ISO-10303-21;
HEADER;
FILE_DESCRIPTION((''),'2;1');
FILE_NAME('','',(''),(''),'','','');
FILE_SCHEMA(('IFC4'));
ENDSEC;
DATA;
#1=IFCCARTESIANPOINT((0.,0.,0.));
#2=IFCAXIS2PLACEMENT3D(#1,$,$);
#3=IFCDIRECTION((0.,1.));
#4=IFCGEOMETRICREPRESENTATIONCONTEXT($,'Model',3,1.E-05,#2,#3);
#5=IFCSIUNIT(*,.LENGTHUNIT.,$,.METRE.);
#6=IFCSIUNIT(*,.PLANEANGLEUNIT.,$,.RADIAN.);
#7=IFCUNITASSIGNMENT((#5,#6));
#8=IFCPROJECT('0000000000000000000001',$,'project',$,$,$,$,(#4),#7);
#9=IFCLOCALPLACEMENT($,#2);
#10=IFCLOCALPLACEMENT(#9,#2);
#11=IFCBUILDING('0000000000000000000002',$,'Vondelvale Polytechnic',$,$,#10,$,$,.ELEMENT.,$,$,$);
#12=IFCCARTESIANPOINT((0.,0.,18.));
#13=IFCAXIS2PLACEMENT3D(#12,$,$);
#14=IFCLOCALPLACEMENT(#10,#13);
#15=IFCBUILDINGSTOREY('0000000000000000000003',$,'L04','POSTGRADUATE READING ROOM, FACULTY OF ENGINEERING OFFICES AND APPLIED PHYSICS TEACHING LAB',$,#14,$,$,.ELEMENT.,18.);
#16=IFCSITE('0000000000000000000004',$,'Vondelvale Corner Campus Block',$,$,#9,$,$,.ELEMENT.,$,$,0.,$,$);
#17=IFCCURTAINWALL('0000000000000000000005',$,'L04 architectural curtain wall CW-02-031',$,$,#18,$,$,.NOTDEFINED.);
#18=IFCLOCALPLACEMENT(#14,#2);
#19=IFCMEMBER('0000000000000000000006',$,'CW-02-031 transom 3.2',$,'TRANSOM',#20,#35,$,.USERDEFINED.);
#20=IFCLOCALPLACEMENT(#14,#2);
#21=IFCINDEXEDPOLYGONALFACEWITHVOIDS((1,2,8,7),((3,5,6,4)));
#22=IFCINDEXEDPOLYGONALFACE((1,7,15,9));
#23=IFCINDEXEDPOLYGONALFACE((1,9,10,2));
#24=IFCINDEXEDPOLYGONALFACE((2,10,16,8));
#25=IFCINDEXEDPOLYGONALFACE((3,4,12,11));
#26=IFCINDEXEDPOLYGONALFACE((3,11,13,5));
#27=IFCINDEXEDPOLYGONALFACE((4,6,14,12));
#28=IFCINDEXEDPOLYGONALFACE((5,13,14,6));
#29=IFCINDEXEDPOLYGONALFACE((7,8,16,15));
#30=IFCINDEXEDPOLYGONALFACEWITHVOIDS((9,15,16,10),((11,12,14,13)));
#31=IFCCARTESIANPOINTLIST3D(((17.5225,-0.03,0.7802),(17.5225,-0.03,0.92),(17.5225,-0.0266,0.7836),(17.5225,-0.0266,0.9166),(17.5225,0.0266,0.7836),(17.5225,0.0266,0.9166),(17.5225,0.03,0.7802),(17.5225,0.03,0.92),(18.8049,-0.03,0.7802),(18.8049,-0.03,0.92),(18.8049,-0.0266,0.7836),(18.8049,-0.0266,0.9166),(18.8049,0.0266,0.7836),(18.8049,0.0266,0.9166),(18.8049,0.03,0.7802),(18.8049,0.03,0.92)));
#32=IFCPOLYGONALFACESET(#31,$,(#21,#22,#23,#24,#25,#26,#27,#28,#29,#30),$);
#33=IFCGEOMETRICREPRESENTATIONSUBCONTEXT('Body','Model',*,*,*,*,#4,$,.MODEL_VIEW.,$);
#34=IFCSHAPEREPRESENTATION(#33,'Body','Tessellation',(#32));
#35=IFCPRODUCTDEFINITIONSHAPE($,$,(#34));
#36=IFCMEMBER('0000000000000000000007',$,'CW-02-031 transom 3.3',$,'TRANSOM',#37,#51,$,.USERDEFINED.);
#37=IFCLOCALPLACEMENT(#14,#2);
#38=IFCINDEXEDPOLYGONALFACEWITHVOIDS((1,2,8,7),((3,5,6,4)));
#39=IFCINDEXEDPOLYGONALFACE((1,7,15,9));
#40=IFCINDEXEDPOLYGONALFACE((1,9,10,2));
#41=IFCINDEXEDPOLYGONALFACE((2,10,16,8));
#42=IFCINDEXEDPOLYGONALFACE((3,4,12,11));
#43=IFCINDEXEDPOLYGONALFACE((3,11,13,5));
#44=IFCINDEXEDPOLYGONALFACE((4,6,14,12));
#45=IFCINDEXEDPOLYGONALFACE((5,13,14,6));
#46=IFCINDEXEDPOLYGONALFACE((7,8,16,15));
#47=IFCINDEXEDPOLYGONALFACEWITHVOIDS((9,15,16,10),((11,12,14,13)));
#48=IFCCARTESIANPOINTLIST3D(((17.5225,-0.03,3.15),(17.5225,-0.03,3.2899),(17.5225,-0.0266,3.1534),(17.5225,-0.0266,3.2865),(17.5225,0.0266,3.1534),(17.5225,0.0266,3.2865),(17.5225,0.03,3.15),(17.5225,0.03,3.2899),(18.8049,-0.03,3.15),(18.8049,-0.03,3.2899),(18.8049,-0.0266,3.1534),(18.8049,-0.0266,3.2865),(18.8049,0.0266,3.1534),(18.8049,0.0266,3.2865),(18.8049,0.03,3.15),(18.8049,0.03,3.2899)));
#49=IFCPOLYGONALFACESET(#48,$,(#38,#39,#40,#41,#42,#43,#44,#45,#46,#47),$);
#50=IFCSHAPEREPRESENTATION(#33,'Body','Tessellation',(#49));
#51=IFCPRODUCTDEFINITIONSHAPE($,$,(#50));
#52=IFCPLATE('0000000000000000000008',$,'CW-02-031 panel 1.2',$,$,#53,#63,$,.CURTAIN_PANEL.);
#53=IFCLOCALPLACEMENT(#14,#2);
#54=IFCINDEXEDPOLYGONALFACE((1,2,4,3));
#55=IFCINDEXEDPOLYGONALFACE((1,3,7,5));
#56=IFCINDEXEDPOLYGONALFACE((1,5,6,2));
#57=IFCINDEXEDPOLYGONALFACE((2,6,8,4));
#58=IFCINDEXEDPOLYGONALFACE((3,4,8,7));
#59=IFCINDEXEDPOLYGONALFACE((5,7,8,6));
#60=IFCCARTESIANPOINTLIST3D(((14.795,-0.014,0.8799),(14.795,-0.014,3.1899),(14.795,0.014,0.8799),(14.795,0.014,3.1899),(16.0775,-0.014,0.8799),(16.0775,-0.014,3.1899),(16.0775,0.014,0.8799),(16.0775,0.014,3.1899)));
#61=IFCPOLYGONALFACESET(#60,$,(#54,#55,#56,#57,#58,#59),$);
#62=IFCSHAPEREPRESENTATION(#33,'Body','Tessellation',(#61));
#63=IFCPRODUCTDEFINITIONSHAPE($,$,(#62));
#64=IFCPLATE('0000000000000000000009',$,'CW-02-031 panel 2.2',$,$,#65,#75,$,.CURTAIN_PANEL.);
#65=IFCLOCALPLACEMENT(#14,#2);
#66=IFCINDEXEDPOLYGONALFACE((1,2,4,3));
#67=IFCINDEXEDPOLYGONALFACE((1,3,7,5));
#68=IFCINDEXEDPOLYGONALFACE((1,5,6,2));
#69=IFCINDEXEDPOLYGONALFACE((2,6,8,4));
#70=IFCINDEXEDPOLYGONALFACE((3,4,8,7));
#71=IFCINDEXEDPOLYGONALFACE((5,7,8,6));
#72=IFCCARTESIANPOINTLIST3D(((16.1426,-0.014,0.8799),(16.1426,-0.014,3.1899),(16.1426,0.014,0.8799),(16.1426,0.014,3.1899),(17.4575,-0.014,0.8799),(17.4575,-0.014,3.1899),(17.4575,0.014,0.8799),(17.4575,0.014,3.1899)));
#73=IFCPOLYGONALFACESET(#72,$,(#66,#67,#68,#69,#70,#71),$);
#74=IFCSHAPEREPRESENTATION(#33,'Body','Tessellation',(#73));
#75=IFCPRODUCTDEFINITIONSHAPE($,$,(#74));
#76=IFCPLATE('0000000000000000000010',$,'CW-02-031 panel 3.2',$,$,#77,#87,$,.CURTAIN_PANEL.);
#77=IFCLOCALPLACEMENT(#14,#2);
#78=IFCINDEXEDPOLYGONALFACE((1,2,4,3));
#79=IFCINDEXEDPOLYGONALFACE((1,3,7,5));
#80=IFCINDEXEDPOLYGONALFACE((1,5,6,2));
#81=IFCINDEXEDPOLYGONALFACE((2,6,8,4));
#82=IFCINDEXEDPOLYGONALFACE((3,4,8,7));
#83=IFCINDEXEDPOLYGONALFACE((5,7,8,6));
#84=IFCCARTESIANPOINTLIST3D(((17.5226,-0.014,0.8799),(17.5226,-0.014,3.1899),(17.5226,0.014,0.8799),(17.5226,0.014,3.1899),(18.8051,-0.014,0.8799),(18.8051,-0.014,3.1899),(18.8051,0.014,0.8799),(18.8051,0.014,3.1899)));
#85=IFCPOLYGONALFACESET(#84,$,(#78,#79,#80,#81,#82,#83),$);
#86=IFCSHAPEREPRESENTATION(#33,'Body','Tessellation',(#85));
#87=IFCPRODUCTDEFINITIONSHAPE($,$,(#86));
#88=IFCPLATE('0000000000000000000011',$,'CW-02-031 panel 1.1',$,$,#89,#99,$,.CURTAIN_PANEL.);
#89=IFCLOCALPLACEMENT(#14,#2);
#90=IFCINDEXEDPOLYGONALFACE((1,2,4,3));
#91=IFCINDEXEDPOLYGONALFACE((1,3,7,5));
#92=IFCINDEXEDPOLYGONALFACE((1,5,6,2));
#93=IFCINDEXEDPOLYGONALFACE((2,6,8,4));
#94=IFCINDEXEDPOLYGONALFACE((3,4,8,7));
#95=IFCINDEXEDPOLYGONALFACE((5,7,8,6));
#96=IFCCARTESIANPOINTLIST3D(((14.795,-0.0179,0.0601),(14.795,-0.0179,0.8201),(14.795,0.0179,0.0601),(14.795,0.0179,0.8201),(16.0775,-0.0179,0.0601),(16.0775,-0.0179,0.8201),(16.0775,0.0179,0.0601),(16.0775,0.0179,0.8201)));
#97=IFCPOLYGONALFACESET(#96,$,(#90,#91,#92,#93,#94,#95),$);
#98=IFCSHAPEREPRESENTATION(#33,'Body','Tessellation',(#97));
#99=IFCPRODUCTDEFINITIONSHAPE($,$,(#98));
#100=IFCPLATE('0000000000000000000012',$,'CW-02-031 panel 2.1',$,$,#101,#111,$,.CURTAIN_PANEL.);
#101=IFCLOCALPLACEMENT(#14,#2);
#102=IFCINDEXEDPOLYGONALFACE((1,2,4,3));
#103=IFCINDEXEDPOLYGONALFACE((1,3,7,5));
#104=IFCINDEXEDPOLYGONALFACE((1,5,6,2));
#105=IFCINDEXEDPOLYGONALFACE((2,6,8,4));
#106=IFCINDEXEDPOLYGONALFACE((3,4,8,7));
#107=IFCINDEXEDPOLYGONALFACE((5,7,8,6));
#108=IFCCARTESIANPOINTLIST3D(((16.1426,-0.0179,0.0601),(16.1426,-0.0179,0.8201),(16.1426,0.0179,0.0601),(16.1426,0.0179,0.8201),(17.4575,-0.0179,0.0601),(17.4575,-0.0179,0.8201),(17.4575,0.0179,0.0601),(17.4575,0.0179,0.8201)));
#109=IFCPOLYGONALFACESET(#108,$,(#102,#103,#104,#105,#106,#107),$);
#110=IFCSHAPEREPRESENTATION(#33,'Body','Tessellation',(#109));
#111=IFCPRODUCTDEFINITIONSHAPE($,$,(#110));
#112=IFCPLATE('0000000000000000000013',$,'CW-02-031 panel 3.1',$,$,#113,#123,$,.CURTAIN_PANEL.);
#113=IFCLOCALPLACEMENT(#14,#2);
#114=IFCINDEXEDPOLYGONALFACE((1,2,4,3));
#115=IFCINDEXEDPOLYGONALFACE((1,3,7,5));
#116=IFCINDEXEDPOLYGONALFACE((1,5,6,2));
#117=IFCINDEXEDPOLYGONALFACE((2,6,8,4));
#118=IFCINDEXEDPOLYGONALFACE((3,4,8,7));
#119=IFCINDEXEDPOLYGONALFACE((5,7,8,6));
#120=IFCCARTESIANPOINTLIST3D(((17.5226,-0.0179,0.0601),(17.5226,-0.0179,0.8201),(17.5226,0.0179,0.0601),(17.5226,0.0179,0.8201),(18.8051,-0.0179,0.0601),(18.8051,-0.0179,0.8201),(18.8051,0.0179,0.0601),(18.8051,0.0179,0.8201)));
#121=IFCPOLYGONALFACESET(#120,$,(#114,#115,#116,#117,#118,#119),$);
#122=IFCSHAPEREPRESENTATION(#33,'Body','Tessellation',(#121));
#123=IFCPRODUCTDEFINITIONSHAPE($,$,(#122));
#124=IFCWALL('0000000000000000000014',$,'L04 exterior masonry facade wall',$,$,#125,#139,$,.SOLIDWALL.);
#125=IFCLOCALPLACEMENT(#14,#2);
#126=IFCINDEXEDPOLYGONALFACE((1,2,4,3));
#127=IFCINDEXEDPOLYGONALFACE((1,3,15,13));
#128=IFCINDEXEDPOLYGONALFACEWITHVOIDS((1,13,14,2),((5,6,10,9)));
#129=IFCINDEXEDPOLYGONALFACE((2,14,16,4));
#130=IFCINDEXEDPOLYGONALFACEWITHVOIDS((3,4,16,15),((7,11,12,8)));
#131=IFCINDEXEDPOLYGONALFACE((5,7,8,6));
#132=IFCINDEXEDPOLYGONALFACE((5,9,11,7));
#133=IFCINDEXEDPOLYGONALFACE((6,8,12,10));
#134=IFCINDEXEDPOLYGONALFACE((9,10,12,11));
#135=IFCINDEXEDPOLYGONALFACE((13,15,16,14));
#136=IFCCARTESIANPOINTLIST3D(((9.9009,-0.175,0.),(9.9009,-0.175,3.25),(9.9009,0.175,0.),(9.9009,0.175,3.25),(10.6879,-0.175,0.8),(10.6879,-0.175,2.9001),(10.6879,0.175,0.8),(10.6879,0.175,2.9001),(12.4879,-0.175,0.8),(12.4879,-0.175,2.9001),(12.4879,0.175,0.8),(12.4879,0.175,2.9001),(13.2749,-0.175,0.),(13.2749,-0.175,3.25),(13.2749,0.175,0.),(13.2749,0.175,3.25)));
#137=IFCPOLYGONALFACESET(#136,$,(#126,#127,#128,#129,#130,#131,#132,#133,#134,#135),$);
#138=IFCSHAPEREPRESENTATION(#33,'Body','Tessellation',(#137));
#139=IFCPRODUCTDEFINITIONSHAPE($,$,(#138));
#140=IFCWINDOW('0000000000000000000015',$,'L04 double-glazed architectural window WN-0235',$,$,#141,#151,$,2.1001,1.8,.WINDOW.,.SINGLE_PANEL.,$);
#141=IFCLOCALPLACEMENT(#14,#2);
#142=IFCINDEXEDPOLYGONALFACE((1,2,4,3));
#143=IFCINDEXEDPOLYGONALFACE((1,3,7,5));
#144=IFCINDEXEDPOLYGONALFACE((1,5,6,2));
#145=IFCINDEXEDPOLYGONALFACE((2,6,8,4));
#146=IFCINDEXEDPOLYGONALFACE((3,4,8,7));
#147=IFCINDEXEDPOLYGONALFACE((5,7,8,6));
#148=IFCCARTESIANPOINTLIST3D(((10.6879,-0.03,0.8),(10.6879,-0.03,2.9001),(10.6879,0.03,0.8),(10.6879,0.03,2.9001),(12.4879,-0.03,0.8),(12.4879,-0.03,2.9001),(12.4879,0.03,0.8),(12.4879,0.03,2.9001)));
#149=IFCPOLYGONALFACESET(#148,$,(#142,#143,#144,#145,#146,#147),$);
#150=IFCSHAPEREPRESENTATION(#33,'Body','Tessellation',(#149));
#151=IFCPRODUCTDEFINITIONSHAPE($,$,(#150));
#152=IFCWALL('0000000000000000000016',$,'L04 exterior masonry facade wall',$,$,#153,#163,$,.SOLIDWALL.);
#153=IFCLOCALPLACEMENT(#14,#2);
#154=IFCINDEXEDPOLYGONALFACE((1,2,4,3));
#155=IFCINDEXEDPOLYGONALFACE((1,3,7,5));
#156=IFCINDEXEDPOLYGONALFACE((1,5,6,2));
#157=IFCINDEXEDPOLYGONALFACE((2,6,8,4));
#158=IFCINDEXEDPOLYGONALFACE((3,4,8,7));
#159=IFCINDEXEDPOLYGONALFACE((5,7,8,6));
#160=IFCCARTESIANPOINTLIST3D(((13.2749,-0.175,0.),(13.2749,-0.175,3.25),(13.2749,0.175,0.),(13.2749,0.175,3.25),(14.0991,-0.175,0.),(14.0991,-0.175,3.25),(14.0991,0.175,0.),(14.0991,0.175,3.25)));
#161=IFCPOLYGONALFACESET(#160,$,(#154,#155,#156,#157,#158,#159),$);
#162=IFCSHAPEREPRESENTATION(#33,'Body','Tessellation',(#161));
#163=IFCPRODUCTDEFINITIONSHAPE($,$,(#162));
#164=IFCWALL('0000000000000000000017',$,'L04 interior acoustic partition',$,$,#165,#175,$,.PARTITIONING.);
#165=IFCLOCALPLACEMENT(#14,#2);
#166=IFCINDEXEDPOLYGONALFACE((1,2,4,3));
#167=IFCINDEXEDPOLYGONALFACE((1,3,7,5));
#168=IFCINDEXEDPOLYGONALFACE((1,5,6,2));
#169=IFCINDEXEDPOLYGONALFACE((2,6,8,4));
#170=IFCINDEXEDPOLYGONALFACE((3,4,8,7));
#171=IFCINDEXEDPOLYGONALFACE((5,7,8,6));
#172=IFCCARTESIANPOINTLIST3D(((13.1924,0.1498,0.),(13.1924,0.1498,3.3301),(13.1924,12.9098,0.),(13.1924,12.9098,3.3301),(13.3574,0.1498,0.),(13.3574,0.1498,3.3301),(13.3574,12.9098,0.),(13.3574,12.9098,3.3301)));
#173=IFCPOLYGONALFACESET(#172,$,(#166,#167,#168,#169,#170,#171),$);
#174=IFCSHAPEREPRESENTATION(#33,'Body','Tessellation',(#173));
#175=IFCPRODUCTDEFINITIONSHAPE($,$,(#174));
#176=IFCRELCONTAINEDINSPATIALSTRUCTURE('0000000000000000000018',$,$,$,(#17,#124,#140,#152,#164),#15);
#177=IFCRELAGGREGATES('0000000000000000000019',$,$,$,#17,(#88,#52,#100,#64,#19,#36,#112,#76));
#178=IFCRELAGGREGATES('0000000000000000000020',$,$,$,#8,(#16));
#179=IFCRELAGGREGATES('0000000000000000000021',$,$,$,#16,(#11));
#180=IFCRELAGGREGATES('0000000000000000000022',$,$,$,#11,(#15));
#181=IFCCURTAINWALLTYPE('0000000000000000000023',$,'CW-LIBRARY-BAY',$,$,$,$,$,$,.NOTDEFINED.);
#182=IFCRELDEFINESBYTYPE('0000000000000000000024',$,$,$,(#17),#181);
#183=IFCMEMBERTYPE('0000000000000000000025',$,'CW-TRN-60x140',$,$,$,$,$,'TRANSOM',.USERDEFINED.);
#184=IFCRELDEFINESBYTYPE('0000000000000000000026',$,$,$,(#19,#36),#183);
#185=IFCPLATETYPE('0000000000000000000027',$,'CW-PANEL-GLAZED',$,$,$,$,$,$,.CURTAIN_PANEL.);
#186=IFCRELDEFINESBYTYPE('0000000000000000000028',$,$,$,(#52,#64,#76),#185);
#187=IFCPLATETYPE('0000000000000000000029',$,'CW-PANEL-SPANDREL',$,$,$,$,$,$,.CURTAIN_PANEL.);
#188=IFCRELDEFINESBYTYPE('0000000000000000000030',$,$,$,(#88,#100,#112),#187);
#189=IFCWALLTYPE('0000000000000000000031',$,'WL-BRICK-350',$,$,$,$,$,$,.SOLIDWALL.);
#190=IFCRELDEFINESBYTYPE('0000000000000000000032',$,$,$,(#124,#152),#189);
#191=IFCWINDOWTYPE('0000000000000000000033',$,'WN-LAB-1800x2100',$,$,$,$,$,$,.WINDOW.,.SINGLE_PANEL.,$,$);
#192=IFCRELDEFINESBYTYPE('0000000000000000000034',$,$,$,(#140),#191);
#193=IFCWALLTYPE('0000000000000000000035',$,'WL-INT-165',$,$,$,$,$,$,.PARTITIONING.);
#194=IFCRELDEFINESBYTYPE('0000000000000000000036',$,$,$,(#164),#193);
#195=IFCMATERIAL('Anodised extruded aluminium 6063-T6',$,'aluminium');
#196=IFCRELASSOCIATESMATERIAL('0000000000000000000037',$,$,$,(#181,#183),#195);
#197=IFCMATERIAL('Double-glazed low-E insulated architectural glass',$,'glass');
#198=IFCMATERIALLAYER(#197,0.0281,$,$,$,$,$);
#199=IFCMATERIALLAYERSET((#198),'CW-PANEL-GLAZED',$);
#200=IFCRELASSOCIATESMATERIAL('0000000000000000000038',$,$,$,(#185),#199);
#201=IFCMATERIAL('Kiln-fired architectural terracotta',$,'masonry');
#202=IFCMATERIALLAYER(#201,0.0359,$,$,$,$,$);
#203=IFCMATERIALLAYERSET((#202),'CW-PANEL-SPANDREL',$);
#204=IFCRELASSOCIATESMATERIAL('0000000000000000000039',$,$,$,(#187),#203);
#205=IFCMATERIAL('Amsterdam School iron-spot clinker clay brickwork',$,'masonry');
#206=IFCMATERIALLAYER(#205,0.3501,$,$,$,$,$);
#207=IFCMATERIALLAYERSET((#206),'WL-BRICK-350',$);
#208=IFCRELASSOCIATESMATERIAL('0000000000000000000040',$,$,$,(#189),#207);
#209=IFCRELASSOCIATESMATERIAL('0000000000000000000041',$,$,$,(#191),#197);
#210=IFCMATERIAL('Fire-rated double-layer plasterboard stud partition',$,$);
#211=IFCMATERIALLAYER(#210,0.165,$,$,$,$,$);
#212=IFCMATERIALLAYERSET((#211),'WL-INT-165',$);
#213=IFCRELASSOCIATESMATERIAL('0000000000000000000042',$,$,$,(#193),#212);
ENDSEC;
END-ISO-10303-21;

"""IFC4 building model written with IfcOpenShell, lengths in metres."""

from ifc_helpers import new_model, si_unit, direction, frame, frame_2d, origin, origin_2d, place, context, subcontext, project, spatial, rectangle, hollow_rectangle, extrude, material, layer, layer_set, material_profile, profile_set, type_object, element, fill, aggregate, save


model = new_model("IFC4")

# Units and contexts
model_context = context("Model", 3, precision=1e-05, world=origin(), true_north=direction((0.0, 1.0)))
body_context = subcontext(model_context, "Body", "Model", "MODEL_VIEW")
ifc_project = project(units=[si_unit("LENGTHUNIT", "METRE"), si_unit("PLANEANGLEUNIT", "RADIAN")], contexts=[model_context])

# Site, building, storey
site_placement = place(None, origin())
site = spatial("IfcSite", under=ifc_project, at=site_placement, Name="Vondelvale Corner Campus Block", CompositionType="ELEMENT", RefElevation=0.0)
building_placement = place(site_placement, origin())
building = spatial("IfcBuilding", under=site, at=building_placement, Name="Vondelvale Polytechnic", CompositionType="ELEMENT")
storey_placement = place(building_placement, frame((0.0, 0.0, 18.0)))
storey = spatial("IfcBuildingStorey", under=building, at=storey_placement, Name="L04", Description="POSTGRADUATE READING ROOM, FACULTY OF ENGINEERING OFFICES AND APPLIED PHYSICS TEACHING LAB", CompositionType="ELEMENT", Elevation=18.0)

# Curtain wall, members, plates
ifc_material_1 = material(Name="Anodised extruded aluminium 6063-T6", Category="aluminium")
curtain_wall_type = type_object("IfcCurtainWallType", Name="CW-LIBRARY-BAY", PredefinedType="NOTDEFINED", material=ifc_material_1)
curtain_wall_placement = place(storey_placement, origin())
curtain_wall = element("IfcCurtainWall", 1, at=curtain_wall_placement, inside=storey, type_object=curtain_wall_type, Name="L04 architectural curtain wall CW-02-031", PredefinedType="NOTDEFINED")
ifc_material_profile_1 = material_profile(ifc_material_1, hollow_rectangle(XDim=0.0601, YDim=0.1399, WallThickness=0.0034, at=origin_2d()), Name="CW-TRN-140x60")
ifc_profile_set_1 = profile_set([ifc_material_profile_1], Name="Anodised extruded aluminium 6063-T6")
member_type_1 = type_object("IfcMemberType", Name="CW-TRN-60x140", ElementType="TRANSOM", PredefinedType="USERDEFINED", material=ifc_profile_set_1)
member_1_placement = place(storey_placement, frame((17.5225, 0.0, 0.8501), z_axis=(1.0, 0.0, 0.0), x_axis=(0.0, 1.0, 0.0)))
member_1 = element("IfcMember", 2, at=member_1_placement, type_object=member_type_1, Name="CW-02-031 transom 3.2", ObjectType="TRANSOM", PredefinedType="USERDEFINED", context=body_context, shape_type="SweptSolid", body=[
    extrude(hollow_rectangle(XDim=0.0601, YDim=0.1399, WallThickness=0.0034, at=origin_2d()), origin(), (0.0, 0.0, 1.0), 1.2825),
])
member_2_placement = place(storey_placement, frame((17.5225, 0.0, 3.22), z_axis=(1.0, 0.0, 0.0), x_axis=(0.0, 1.0, 0.0)))
member_2 = element("IfcMember", 3, at=member_2_placement, type_object=member_type_1, Name="CW-02-031 transom 3.3", ObjectType="TRANSOM", PredefinedType="USERDEFINED", context=body_context, shape_type="SweptSolid", body=[
    extrude(hollow_rectangle(XDim=0.0601, YDim=0.1399, WallThickness=0.0034, at=origin_2d()), origin(), (0.0, 0.0, 1.0), 1.2825),
])
ifc_material_2 = material(Name="Double-glazed low-E insulated architectural glass", Category="glass")
ifc_layer_1 = layer(ifc_material_2, 0.0281)
ifc_layer_set_1 = layer_set([ifc_layer_1], Name="CW-PANEL-GLAZED")
plate_type_1 = type_object("IfcPlateType", Name="CW-PANEL-GLAZED", PredefinedType="CURTAIN_PANEL", material=ifc_layer_set_1)
plate_1_placement = place(storey_placement, frame((15.4363, 0.0, 0.8799), z_axis=(0.0, 0.0, 1.0), x_axis=(1.0, 0.0, 0.0)))
plate_1 = element("IfcPlate", 4, at=plate_1_placement, type_object=plate_type_1, Name="CW-02-031 panel 1.2", PredefinedType="CURTAIN_PANEL", context=body_context, shape_type="SweptSolid", body=[
    extrude(rectangle(XDim=1.2825, YDim=0.0281, at=origin_2d()), origin(), (0.0, 0.0, 1.0), 2.3101),
])
plate_2_placement = place(storey_placement, frame((16.8, 0.0, 0.8799), z_axis=(0.0, 0.0, 1.0), x_axis=(1.0, 0.0, 0.0)))
plate_2 = element("IfcPlate", 5, at=plate_2_placement, type_object=plate_type_1, Name="CW-02-031 panel 2.2", PredefinedType="CURTAIN_PANEL", context=body_context, shape_type="SweptSolid", body=[
    extrude(rectangle(XDim=1.3149, YDim=0.0281, at=origin_2d()), origin(), (0.0, 0.0, 1.0), 2.3101),
])
plate_3_placement = place(storey_placement, frame((18.1638, 0.0, 0.8799), z_axis=(0.0, 0.0, 1.0), x_axis=(1.0, 0.0, 0.0)))
plate_3 = element("IfcPlate", 6, at=plate_3_placement, type_object=plate_type_1, Name="CW-02-031 panel 3.2", PredefinedType="CURTAIN_PANEL", context=body_context, shape_type="SweptSolid", body=[
    extrude(rectangle(XDim=1.2825, YDim=0.0281, at=origin_2d()), origin(), (0.0, 0.0, 1.0), 2.3101),
])
ifc_material_3 = material(Name="Kiln-fired architectural terracotta", Category="masonry")
ifc_layer_2 = layer(ifc_material_3, 0.0359)
ifc_layer_set_2 = layer_set([ifc_layer_2], Name="CW-PANEL-SPANDREL")
plate_type_2 = type_object("IfcPlateType", Name="CW-PANEL-SPANDREL", PredefinedType="CURTAIN_PANEL", material=ifc_layer_set_2)
plate_4_placement = place(storey_placement, frame((15.4363, 0.0, 0.0601), z_axis=(0.0, 0.0, 1.0), x_axis=(1.0, 0.0, 0.0)))
plate_4 = element("IfcPlate", 7, at=plate_4_placement, type_object=plate_type_2, Name="CW-02-031 panel 1.1", PredefinedType="CURTAIN_PANEL", context=body_context, shape_type="SweptSolid", body=[
    extrude(rectangle(XDim=1.2825, YDim=0.0359, at=origin_2d()), origin(), (0.0, 0.0, 1.0), 0.76),
])
plate_5_placement = place(storey_placement, frame((16.8, 0.0, 0.0601), z_axis=(0.0, 0.0, 1.0), x_axis=(1.0, 0.0, 0.0)))
plate_5 = element("IfcPlate", 8, at=plate_5_placement, type_object=plate_type_2, Name="CW-02-031 panel 2.1", PredefinedType="CURTAIN_PANEL", context=body_context, shape_type="SweptSolid", body=[
    extrude(rectangle(XDim=1.3149, YDim=0.0359, at=origin_2d()), origin(), (0.0, 0.0, 1.0), 0.76),
])
plate_6_placement = place(storey_placement, frame((18.1638, 0.0, 0.0601), z_axis=(0.0, 0.0, 1.0), x_axis=(1.0, 0.0, 0.0)))
plate_6 = element("IfcPlate", 9, at=plate_6_placement, type_object=plate_type_2, Name="CW-02-031 panel 3.1", PredefinedType="CURTAIN_PANEL", context=body_context, shape_type="SweptSolid", body=[
    extrude(rectangle(XDim=1.2825, YDim=0.0359, at=origin_2d()), origin(), (0.0, 0.0, 1.0), 0.76),
])
aggregate(curtain_wall, [plate_4, plate_1, plate_5, plate_2, member_1, member_2, plate_6, plate_3])

# Wall, opening, window
ifc_material_4 = material(Name="Amsterdam School iron-spot clinker clay brickwork", Category="masonry")
ifc_layer_3 = layer(ifc_material_4, 0.3501)
ifc_layer_set_3 = layer_set([ifc_layer_3], Name="WL-BRICK-350")
wall_type_1 = type_object("IfcWallType", Name="WL-BRICK-350", PredefinedType="SOLIDWALL", material=ifc_layer_set_3)
wall_1_placement = place(storey_placement, frame((13.2749, 0.0, 0.0), z_axis=(0.0, 0.0, 1.0), x_axis=(-1.0, 0.0, 0.0)))
wall_1 = element("IfcWall", 10, at=wall_1_placement, inside=storey, type_object=wall_type_1, Name="L04 exterior masonry facade wall", PredefinedType="SOLIDWALL", context=body_context, shape_type="SweptSolid", body=[
    extrude(rectangle(XDim=3.374, YDim=0.3501, at=frame_2d((1.687, 0.0))), origin(), (0.0, 0.0, 1.0), 3.25),
])
opening_placement = place(wall_1_placement, frame((0.7871, 0.0, 0.8)))
opening = element("IfcOpeningElement", 11, at=opening_placement, cuts=wall_1, PredefinedType="OPENING", context=body_context, shape_type="SweptSolid", body=[
    extrude(rectangle(XDim=1.8, YDim=2.1001, at=frame_2d((0.8999, 1.05))), frame((0.0, 0.1851, 0.0), z_axis=(0.0, -1.0, 0.0), x_axis=(1.0, 0.0, 0.0)), (0.0, 0.0, 1.0), 0.3701),
])
window_type = type_object("IfcWindowType", Name="WN-LAB-1800x2100", PartitioningType="SINGLE_PANEL", PredefinedType="WINDOW", material=ifc_material_2)
window_placement = place(opening_placement, origin())
window = element("IfcWindow", 12, at=window_placement, inside=storey, type_object=window_type, Name="L04 double-glazed architectural window WN-0235", OverallHeight=2.1001, OverallWidth=1.8, PartitioningType="SINGLE_PANEL", PredefinedType="WINDOW", context=body_context, shape_type="SweptSolid", body=[
    extrude(rectangle(XDim=1.8, YDim=2.1001, at=frame_2d((0.8999, 1.05))), frame((0.0, 0.03, 0.0), z_axis=(0.0, -1.0, 0.0), x_axis=(1.0, 0.0, 0.0)), (0.0, 0.0, 1.0), 0.0601),
])
fill(opening, window)

# Walls
wall_2_placement = place(storey_placement, frame((14.0991, 0.0, 0.0), z_axis=(0.0, 0.0, 1.0), x_axis=(-1.0, 0.0, 0.0)))
element("IfcWall", 13, at=wall_2_placement, inside=storey, type_object=wall_type_1, Name="L04 exterior masonry facade wall", PredefinedType="SOLIDWALL", context=body_context, shape_type="SweptSolid", body=[
    extrude(rectangle(XDim=0.8242, YDim=0.3501, at=frame_2d((0.4121, 0.0))), origin(), (0.0, 0.0, 1.0), 3.25),
])
ifc_material_5 = material(Name="Fire-rated double-layer plasterboard stud partition")
ifc_layer_4 = layer(ifc_material_5, 0.165)
ifc_layer_set_4 = layer_set([ifc_layer_4], Name="WL-INT-165")
wall_type_2 = type_object("IfcWallType", Name="WL-INT-165", PredefinedType="PARTITIONING", material=ifc_layer_set_4)
wall_3_placement = place(storey_placement, frame((13.2749, 0.1499, 0.0), z_axis=(0.0, 0.0, 1.0), x_axis=(0.0, 1.0, 0.0)))
element("IfcWall", 14, at=wall_3_placement, inside=storey, type_object=wall_type_2, Name="L04 interior acoustic partition", PredefinedType="PARTITIONING", context=body_context, shape_type="SweptSolid", body=[
    extrude(rectangle(XDim=12.76, YDim=0.165, at=frame_2d((6.3799, 0.0))), origin(), (0.0, 0.0, 1.0), 3.3301),
])

save(model, "model.ifc")
